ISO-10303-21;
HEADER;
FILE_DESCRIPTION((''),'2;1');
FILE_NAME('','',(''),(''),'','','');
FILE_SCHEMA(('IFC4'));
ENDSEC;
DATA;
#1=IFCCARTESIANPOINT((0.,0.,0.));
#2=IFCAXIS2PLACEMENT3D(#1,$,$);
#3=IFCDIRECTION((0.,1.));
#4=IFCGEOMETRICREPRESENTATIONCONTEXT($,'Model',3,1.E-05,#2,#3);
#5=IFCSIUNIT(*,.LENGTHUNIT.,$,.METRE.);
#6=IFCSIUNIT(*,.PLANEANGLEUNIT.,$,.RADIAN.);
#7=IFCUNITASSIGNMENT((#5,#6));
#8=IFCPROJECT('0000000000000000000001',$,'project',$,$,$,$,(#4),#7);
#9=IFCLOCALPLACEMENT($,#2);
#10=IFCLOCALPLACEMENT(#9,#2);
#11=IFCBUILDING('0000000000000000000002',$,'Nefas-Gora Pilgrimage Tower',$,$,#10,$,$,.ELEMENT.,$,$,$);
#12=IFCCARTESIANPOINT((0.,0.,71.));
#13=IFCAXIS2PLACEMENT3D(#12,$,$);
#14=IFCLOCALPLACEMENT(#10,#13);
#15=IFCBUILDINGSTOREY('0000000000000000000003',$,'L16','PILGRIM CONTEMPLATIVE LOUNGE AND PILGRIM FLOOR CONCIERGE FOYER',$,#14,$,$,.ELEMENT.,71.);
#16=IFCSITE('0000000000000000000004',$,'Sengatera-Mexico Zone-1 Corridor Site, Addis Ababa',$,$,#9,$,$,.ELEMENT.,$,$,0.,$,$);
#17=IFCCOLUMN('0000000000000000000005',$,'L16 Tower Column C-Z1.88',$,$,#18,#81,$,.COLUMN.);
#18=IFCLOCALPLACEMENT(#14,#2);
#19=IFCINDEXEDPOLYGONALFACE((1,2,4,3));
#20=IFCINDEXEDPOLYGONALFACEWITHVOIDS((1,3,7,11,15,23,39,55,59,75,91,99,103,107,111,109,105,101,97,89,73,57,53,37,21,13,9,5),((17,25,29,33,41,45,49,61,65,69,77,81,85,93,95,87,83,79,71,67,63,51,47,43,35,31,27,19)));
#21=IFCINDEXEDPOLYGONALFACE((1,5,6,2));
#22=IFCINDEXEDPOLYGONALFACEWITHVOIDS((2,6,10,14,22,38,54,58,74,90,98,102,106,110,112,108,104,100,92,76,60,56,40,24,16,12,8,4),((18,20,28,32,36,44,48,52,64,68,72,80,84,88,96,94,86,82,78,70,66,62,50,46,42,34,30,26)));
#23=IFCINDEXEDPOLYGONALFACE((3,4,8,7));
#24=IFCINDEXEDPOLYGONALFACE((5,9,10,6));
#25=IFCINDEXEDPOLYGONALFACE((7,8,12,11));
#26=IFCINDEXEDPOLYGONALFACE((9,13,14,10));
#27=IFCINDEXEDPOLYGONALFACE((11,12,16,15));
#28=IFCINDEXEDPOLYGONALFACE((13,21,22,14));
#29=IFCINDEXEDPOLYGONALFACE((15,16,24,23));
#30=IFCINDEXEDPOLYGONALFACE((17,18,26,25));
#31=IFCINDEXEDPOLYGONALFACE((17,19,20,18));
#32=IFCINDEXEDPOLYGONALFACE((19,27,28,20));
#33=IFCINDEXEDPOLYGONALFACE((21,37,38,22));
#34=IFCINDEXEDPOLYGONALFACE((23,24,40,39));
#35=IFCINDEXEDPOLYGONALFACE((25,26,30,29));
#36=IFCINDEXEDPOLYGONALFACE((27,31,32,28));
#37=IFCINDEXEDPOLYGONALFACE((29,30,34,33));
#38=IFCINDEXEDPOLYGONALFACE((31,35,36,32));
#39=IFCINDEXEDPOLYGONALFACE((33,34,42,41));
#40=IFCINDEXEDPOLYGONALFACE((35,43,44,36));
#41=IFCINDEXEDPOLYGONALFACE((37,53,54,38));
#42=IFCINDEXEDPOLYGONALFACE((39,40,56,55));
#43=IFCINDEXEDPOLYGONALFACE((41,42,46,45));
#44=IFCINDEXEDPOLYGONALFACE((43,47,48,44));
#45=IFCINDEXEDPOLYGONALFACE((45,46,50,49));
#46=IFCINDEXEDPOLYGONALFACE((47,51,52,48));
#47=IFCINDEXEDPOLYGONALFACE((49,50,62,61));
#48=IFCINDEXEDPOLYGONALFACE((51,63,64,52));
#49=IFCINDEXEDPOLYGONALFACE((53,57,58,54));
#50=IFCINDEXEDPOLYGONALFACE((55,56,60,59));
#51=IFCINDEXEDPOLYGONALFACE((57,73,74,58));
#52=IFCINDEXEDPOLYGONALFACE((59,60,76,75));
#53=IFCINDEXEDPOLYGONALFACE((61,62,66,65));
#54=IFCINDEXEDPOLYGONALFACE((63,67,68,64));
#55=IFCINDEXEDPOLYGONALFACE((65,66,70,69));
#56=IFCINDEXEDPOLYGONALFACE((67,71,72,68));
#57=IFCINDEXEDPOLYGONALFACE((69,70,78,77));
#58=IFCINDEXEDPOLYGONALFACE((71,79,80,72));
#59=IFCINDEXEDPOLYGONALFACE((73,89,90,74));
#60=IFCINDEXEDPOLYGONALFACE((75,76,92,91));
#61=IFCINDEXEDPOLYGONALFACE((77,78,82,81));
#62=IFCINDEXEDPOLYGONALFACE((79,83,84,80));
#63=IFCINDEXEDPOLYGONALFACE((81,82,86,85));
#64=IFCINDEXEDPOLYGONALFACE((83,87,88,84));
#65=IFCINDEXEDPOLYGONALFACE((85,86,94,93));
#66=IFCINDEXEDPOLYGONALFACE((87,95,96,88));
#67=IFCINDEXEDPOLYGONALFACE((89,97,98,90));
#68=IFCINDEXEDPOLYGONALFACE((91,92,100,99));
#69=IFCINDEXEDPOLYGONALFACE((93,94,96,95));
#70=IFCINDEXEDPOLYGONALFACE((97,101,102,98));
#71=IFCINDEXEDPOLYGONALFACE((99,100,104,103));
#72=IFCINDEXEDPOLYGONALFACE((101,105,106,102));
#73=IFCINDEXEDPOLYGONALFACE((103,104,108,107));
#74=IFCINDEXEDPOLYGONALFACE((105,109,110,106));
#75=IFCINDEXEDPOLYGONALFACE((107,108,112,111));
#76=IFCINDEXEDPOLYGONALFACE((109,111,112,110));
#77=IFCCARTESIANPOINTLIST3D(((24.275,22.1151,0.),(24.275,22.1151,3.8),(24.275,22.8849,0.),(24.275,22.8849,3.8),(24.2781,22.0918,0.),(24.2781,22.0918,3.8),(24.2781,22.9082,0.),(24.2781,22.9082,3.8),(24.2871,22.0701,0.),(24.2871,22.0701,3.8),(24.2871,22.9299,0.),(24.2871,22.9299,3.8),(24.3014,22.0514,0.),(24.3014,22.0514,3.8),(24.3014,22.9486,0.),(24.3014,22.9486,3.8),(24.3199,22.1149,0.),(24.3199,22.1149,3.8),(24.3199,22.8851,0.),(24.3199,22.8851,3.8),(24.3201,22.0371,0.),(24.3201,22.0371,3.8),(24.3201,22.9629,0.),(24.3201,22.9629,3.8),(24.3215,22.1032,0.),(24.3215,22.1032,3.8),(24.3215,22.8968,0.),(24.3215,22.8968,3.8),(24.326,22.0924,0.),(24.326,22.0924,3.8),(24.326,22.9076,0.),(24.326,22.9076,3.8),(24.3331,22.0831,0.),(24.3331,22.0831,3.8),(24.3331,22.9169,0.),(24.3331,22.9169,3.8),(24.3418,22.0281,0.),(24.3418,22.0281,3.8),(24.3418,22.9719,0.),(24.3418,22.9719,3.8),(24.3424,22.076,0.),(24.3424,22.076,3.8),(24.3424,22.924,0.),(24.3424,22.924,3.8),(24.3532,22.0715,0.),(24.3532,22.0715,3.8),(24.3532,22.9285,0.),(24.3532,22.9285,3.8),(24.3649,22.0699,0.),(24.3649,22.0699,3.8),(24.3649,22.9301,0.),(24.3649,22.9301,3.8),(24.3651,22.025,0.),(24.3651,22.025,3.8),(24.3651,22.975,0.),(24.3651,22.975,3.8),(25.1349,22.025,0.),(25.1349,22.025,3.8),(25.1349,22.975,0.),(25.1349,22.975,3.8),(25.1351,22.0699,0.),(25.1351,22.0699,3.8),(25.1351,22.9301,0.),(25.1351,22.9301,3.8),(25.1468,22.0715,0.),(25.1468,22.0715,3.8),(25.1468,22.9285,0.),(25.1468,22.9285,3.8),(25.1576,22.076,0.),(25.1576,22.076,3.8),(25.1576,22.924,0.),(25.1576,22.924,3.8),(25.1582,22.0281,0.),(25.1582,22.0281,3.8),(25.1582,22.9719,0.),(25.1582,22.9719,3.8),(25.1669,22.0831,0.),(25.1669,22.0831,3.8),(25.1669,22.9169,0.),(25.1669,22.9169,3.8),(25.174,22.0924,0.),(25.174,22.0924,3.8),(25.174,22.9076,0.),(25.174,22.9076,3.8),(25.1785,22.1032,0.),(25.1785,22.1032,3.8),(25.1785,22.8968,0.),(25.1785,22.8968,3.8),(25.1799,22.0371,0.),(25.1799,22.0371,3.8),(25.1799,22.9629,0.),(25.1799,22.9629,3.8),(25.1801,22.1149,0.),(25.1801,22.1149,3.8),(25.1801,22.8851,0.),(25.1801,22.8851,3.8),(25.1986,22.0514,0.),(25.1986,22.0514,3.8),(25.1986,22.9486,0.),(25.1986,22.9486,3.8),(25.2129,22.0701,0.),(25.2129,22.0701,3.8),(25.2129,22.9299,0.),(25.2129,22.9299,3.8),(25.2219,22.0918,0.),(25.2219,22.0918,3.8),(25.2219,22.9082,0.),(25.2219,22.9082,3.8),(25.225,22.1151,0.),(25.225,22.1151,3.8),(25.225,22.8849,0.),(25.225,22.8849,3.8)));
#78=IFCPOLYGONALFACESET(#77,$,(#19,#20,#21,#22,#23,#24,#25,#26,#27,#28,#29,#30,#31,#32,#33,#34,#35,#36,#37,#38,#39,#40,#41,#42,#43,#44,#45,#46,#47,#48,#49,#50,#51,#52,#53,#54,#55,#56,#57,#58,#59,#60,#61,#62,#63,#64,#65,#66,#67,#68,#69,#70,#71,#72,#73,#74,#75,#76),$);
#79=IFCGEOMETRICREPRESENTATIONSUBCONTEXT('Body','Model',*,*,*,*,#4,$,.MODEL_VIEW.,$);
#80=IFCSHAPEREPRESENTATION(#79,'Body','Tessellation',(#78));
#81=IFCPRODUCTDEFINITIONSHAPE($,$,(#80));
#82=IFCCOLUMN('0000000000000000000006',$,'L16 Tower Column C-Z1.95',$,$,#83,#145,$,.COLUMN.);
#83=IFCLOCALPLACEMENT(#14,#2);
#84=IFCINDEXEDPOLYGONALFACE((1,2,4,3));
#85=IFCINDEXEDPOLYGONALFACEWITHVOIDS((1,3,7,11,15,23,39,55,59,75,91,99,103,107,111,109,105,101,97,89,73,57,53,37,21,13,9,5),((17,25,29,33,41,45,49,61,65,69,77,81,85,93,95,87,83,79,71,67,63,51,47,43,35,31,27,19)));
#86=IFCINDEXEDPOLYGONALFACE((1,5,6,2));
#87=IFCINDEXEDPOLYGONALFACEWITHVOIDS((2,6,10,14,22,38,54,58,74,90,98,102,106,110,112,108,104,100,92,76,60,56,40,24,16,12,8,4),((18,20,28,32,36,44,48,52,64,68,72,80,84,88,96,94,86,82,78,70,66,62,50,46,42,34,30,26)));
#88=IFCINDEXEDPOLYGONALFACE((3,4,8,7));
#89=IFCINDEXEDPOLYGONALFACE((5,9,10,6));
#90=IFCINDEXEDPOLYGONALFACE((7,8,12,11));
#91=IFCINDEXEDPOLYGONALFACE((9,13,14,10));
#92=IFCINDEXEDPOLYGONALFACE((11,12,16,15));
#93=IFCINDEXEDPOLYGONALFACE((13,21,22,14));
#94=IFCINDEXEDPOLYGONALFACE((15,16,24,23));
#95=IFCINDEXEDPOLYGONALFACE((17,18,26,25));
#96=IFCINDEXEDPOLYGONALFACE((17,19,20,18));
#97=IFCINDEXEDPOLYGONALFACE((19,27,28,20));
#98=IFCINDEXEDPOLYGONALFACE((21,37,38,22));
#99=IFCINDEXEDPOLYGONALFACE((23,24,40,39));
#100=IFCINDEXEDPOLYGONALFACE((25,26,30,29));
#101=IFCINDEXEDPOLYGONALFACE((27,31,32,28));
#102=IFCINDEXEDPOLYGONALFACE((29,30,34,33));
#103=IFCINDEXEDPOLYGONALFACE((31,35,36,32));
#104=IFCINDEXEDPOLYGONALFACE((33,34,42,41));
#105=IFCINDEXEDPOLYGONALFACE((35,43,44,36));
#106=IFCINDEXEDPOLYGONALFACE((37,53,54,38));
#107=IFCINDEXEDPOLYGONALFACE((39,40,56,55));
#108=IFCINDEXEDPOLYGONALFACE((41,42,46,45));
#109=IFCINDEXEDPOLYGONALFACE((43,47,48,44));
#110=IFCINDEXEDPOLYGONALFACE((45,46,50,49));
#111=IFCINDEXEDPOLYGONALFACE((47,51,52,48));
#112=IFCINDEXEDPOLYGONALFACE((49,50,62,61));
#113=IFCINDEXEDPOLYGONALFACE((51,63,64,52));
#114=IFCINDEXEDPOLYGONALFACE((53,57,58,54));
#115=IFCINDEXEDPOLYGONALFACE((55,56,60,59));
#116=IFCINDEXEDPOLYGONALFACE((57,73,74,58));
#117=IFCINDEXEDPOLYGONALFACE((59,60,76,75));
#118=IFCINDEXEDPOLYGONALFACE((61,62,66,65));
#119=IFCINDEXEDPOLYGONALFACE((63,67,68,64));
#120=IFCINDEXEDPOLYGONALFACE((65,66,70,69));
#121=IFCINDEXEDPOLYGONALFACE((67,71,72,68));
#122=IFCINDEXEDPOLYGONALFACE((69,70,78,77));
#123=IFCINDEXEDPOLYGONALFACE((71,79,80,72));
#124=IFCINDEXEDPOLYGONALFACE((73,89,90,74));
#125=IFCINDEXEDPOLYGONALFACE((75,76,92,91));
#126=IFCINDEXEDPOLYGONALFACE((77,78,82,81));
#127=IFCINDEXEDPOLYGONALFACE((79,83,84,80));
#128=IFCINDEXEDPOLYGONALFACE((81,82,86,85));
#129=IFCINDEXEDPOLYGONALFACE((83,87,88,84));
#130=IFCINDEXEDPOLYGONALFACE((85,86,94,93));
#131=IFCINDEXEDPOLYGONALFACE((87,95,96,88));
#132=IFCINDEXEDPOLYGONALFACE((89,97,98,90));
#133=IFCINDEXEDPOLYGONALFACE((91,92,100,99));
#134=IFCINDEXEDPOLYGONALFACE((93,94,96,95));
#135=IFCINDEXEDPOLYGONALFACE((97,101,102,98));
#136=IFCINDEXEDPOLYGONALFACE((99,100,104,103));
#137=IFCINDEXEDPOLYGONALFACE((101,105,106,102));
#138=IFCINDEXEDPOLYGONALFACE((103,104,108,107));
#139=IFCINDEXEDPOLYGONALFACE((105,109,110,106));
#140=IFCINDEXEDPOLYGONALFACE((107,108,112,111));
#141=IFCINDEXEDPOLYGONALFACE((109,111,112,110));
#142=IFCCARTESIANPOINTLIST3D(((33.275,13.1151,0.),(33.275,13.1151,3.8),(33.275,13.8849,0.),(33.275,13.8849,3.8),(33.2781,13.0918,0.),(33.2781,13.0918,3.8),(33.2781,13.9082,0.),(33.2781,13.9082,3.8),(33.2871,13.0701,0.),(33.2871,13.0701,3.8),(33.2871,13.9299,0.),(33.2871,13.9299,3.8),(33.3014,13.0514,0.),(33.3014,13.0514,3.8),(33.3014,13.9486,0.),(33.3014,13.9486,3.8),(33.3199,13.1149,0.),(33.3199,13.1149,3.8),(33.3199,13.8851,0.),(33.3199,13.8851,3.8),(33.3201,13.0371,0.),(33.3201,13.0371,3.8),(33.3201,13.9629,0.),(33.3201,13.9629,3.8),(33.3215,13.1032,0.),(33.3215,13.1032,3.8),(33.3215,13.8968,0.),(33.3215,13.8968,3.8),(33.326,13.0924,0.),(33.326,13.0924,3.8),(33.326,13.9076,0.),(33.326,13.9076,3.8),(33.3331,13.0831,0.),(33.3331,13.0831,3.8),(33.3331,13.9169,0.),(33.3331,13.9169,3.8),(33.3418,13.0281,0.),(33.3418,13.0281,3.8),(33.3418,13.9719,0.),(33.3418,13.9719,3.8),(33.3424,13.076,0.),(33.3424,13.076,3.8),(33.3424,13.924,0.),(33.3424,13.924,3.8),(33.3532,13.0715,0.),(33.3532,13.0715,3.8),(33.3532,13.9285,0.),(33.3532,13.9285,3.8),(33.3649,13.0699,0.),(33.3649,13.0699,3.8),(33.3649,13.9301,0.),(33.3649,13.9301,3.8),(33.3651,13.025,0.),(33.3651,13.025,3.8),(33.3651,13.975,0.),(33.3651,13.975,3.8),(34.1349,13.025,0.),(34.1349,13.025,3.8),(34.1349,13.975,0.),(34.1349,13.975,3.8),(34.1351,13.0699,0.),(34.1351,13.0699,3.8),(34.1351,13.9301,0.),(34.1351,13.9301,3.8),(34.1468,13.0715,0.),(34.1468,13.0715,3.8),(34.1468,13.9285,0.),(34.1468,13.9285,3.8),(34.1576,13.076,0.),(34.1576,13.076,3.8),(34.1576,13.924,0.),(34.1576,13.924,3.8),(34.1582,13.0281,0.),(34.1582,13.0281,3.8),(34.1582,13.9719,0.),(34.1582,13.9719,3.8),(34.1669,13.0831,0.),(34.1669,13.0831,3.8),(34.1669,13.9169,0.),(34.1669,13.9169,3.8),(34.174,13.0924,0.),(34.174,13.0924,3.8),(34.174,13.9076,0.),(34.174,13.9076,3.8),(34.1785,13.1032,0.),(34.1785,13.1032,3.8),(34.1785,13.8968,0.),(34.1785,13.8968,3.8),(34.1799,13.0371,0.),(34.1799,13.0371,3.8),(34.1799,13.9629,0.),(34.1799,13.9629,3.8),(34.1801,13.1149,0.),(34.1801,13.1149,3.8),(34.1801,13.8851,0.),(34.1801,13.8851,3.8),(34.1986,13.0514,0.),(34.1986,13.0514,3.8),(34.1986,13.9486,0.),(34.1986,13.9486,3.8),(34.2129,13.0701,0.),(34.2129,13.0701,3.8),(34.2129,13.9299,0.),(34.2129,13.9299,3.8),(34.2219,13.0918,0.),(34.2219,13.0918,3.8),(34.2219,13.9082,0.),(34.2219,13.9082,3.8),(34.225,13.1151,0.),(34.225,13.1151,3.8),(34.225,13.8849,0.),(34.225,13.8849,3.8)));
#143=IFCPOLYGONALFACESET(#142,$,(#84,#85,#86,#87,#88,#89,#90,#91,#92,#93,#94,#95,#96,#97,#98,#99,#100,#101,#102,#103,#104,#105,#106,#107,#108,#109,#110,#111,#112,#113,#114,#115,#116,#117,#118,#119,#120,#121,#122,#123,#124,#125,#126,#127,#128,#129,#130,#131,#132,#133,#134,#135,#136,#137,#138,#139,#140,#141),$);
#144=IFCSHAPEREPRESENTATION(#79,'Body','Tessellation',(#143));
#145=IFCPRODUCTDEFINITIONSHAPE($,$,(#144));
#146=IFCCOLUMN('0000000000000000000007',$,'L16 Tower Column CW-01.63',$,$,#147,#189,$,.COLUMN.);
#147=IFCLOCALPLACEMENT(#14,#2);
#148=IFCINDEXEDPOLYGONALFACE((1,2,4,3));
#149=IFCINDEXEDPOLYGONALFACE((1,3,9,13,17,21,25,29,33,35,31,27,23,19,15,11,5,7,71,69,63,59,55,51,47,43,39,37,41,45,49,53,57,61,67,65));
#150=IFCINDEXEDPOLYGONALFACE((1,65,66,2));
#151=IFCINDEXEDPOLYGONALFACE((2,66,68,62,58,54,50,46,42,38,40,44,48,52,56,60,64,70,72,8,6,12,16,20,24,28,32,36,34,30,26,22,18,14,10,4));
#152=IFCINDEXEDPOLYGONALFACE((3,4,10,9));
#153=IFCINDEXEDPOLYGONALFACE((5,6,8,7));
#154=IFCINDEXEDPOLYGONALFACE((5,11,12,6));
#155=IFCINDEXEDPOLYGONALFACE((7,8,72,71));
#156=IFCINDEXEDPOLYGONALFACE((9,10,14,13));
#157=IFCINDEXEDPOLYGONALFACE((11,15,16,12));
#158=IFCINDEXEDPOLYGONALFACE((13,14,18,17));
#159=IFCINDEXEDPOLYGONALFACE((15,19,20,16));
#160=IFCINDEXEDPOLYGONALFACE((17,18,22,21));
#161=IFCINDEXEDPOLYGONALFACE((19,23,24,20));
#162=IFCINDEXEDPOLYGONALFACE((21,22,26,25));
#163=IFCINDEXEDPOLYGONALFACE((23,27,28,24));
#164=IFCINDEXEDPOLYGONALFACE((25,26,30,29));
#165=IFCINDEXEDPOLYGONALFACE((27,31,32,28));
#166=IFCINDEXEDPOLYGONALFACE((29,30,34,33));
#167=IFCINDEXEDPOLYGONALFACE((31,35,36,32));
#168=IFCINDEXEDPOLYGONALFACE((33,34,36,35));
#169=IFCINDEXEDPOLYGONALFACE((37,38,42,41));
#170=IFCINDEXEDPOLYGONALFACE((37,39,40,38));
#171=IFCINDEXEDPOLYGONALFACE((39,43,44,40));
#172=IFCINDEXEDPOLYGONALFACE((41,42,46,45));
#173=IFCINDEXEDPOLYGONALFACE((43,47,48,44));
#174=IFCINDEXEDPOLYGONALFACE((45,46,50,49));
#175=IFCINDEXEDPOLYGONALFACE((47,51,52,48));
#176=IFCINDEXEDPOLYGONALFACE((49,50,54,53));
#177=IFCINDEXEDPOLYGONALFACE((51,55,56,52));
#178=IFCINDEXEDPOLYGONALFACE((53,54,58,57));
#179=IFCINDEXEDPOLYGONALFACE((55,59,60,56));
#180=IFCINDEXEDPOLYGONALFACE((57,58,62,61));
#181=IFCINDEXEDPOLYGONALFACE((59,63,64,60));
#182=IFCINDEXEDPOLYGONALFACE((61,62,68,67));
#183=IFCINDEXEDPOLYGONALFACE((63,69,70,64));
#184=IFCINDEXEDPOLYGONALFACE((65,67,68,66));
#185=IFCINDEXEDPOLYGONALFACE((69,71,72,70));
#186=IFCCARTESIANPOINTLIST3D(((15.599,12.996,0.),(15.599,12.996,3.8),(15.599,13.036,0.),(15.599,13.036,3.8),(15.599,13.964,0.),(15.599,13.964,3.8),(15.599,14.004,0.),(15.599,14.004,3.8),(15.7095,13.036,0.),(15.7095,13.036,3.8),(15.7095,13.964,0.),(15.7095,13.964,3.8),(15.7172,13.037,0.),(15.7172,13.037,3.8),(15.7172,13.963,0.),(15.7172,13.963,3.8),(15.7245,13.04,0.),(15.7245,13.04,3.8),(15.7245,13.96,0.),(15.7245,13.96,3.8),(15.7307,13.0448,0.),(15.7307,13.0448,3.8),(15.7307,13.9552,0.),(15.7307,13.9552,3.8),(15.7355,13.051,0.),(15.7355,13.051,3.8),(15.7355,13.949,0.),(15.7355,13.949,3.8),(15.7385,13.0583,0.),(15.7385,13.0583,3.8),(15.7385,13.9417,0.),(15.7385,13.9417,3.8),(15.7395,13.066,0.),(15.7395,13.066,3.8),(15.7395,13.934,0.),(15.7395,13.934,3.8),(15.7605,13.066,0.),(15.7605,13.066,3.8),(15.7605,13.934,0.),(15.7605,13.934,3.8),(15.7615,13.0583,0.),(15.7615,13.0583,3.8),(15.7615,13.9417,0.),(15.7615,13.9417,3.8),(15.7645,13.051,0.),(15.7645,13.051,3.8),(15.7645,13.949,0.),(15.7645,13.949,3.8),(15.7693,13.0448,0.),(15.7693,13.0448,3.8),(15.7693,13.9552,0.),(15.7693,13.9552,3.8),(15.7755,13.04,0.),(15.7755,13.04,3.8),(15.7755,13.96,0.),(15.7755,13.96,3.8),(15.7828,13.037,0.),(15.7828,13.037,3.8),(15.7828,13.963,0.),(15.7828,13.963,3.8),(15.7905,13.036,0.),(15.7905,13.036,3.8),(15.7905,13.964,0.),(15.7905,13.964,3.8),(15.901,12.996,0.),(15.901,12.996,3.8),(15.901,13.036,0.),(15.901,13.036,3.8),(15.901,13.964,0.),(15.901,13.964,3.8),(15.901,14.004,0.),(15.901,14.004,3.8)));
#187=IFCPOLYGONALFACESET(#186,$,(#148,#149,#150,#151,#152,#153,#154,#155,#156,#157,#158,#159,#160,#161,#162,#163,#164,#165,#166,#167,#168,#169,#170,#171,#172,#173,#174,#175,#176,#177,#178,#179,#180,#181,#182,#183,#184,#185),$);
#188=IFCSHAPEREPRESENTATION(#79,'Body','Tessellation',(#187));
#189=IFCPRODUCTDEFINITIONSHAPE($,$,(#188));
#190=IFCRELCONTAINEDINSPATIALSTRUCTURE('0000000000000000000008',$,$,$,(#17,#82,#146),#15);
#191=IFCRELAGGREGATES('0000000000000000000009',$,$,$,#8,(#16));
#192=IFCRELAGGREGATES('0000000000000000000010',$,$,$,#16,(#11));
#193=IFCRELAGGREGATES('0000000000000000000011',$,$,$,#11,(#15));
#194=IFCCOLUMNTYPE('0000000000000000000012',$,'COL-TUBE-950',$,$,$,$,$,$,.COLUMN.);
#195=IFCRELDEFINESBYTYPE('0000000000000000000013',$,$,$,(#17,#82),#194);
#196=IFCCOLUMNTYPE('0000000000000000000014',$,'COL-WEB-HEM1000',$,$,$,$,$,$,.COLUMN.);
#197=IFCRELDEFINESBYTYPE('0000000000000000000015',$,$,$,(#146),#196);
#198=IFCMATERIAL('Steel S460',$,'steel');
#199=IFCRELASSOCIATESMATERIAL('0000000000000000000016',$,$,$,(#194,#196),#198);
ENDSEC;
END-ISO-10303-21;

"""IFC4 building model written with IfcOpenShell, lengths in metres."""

from ifc_helpers import new_model, si_unit, direction, frame, origin, origin_2d, place, context, subcontext, project, spatial, hollow_rectangle, i_section, extrude, source, transform, mapped, material, material_profile, profile_set, type_object, element, save


model = new_model("IFC4")

# Units and contexts
model_context = context("Model", 3, precision=1e-05, world=origin(), true_north=direction((0.0, 1.0)))
body_context = subcontext(model_context, "Body", "Model", "MODEL_VIEW")
ifc_project = project(units=[si_unit("LENGTHUNIT", "METRE"), si_unit("PLANEANGLEUNIT", "RADIAN")], contexts=[model_context])

# Site, building, storey
site_placement = place(None, origin())
site = spatial("IfcSite", under=ifc_project, at=site_placement, Name="Sengatera-Mexico Zone-1 Corridor Site, Addis Ababa", CompositionType="ELEMENT", RefElevation=0.0)
building_placement = place(site_placement, origin())
building = spatial("IfcBuilding", under=site, at=building_placement, Name="Nefas-Gora Pilgrimage Tower", CompositionType="ELEMENT")
storey_placement = place(building_placement, frame((0.0, 0.0, 71.0)))
storey = spatial("IfcBuildingStorey", under=building, at=storey_placement, Name="L16", Description="PILGRIM CONTEMPLATIVE LOUNGE AND PILGRIM FLOOR CONCIERGE FOYER", CompositionType="ELEMENT", Elevation=71.0)

# Columns
ifc_material_1 = material(Name="Steel S460", Category="steel")
ifc_material_profile_1 = material_profile(ifc_material_1, hollow_rectangle(XDim=0.95, YDim=0.95, WallThickness=0.0449, InnerFilletRadius=0.0449, OuterFilletRadius=0.0901, at=origin_2d()), Name="BOX 950x950x45")
ifc_profile_set_1 = profile_set([ifc_material_profile_1], Name="Steel S460")
column_type_1 = type_object("IfcColumnType", Name="COL-TUBE-950", PredefinedType="COLUMN", material=ifc_profile_set_1)
shared_shape_1 = source(origin(), body_context, "Body", "SweptSolid", [
    extrude(hollow_rectangle(XDim=0.95, YDim=0.95, WallThickness=0.0449, InnerFilletRadius=0.0449, OuterFilletRadius=0.0901, at=origin_2d()), origin(), (0.0, 0.0, 1.0), 3.8),
])
for number, where, z_axis, x_axis, name in (
    (1, (24.75, 22.5, 0.0), (0.0, 0.0, 1.0), (1.0, 0.0, 0.0), "L16 Tower Column C-Z1.88"),
    (2, (33.75, 13.5, 0.0), (0.0, 0.0, 1.0), (1.0, 0.0, 0.0), "L16 Tower Column C-Z1.95"),
):
    element("IfcColumn", number, at=place(storey_placement, frame(where, z_axis=z_axis, x_axis=x_axis)), inside=storey, type_object=column_type_1, Name=name, PredefinedType="COLUMN", context=body_context, shape_type="MappedRepresentation", body=[
        mapped(shared_shape_1, transform((0.0, 0.0, 0.0), x_axis=(1.0, 0.0, 0.0), y_axis=(0.0, 1.0, 0.0), z_axis=(0.0, 0.0, 1.0), scale=1.0)),
    ])
ifc_material_profile_2 = material_profile(ifc_material_1, i_section(OverallWidth=0.302, OverallDepth=1.0081, WebThickness=0.021, FlangeThickness=0.04, FilletRadius=0.03, at=origin_2d()), Name="HEM 1000")
ifc_profile_set_2 = profile_set([ifc_material_profile_2], Name="Steel S460")
column_type_2 = type_object("IfcColumnType", Name="COL-WEB-HEM1000", PredefinedType="COLUMN", material=ifc_profile_set_2)
shared_shape_2 = source(origin(), body_context, "Body", "SweptSolid", [
    extrude(i_section(OverallWidth=0.302, OverallDepth=1.0081, WebThickness=0.021, FlangeThickness=0.04, FilletRadius=0.03, at=origin_2d()), origin(), (0.0, 0.0, 1.0), 3.8),
])
for number, where, z_axis, x_axis, name in (
    (3, (15.75, 13.5, 0.0), (0.0, 0.0, 1.0), (1.0, 0.0, 0.0), "L16 Tower Column CW-01.63"),
):
    element("IfcColumn", number, at=place(storey_placement, frame(where, z_axis=z_axis, x_axis=x_axis)), inside=storey, type_object=column_type_2, Name=name, PredefinedType="COLUMN", context=body_context, shape_type="MappedRepresentation", body=[
        mapped(shared_shape_2, transform((0.0, 0.0, 0.0), x_axis=(1.0, 0.0, 0.0), y_axis=(0.0, 1.0, 0.0), z_axis=(0.0, 0.0, 1.0), scale=1.0)),
    ])

save(model, "model.ifc")
